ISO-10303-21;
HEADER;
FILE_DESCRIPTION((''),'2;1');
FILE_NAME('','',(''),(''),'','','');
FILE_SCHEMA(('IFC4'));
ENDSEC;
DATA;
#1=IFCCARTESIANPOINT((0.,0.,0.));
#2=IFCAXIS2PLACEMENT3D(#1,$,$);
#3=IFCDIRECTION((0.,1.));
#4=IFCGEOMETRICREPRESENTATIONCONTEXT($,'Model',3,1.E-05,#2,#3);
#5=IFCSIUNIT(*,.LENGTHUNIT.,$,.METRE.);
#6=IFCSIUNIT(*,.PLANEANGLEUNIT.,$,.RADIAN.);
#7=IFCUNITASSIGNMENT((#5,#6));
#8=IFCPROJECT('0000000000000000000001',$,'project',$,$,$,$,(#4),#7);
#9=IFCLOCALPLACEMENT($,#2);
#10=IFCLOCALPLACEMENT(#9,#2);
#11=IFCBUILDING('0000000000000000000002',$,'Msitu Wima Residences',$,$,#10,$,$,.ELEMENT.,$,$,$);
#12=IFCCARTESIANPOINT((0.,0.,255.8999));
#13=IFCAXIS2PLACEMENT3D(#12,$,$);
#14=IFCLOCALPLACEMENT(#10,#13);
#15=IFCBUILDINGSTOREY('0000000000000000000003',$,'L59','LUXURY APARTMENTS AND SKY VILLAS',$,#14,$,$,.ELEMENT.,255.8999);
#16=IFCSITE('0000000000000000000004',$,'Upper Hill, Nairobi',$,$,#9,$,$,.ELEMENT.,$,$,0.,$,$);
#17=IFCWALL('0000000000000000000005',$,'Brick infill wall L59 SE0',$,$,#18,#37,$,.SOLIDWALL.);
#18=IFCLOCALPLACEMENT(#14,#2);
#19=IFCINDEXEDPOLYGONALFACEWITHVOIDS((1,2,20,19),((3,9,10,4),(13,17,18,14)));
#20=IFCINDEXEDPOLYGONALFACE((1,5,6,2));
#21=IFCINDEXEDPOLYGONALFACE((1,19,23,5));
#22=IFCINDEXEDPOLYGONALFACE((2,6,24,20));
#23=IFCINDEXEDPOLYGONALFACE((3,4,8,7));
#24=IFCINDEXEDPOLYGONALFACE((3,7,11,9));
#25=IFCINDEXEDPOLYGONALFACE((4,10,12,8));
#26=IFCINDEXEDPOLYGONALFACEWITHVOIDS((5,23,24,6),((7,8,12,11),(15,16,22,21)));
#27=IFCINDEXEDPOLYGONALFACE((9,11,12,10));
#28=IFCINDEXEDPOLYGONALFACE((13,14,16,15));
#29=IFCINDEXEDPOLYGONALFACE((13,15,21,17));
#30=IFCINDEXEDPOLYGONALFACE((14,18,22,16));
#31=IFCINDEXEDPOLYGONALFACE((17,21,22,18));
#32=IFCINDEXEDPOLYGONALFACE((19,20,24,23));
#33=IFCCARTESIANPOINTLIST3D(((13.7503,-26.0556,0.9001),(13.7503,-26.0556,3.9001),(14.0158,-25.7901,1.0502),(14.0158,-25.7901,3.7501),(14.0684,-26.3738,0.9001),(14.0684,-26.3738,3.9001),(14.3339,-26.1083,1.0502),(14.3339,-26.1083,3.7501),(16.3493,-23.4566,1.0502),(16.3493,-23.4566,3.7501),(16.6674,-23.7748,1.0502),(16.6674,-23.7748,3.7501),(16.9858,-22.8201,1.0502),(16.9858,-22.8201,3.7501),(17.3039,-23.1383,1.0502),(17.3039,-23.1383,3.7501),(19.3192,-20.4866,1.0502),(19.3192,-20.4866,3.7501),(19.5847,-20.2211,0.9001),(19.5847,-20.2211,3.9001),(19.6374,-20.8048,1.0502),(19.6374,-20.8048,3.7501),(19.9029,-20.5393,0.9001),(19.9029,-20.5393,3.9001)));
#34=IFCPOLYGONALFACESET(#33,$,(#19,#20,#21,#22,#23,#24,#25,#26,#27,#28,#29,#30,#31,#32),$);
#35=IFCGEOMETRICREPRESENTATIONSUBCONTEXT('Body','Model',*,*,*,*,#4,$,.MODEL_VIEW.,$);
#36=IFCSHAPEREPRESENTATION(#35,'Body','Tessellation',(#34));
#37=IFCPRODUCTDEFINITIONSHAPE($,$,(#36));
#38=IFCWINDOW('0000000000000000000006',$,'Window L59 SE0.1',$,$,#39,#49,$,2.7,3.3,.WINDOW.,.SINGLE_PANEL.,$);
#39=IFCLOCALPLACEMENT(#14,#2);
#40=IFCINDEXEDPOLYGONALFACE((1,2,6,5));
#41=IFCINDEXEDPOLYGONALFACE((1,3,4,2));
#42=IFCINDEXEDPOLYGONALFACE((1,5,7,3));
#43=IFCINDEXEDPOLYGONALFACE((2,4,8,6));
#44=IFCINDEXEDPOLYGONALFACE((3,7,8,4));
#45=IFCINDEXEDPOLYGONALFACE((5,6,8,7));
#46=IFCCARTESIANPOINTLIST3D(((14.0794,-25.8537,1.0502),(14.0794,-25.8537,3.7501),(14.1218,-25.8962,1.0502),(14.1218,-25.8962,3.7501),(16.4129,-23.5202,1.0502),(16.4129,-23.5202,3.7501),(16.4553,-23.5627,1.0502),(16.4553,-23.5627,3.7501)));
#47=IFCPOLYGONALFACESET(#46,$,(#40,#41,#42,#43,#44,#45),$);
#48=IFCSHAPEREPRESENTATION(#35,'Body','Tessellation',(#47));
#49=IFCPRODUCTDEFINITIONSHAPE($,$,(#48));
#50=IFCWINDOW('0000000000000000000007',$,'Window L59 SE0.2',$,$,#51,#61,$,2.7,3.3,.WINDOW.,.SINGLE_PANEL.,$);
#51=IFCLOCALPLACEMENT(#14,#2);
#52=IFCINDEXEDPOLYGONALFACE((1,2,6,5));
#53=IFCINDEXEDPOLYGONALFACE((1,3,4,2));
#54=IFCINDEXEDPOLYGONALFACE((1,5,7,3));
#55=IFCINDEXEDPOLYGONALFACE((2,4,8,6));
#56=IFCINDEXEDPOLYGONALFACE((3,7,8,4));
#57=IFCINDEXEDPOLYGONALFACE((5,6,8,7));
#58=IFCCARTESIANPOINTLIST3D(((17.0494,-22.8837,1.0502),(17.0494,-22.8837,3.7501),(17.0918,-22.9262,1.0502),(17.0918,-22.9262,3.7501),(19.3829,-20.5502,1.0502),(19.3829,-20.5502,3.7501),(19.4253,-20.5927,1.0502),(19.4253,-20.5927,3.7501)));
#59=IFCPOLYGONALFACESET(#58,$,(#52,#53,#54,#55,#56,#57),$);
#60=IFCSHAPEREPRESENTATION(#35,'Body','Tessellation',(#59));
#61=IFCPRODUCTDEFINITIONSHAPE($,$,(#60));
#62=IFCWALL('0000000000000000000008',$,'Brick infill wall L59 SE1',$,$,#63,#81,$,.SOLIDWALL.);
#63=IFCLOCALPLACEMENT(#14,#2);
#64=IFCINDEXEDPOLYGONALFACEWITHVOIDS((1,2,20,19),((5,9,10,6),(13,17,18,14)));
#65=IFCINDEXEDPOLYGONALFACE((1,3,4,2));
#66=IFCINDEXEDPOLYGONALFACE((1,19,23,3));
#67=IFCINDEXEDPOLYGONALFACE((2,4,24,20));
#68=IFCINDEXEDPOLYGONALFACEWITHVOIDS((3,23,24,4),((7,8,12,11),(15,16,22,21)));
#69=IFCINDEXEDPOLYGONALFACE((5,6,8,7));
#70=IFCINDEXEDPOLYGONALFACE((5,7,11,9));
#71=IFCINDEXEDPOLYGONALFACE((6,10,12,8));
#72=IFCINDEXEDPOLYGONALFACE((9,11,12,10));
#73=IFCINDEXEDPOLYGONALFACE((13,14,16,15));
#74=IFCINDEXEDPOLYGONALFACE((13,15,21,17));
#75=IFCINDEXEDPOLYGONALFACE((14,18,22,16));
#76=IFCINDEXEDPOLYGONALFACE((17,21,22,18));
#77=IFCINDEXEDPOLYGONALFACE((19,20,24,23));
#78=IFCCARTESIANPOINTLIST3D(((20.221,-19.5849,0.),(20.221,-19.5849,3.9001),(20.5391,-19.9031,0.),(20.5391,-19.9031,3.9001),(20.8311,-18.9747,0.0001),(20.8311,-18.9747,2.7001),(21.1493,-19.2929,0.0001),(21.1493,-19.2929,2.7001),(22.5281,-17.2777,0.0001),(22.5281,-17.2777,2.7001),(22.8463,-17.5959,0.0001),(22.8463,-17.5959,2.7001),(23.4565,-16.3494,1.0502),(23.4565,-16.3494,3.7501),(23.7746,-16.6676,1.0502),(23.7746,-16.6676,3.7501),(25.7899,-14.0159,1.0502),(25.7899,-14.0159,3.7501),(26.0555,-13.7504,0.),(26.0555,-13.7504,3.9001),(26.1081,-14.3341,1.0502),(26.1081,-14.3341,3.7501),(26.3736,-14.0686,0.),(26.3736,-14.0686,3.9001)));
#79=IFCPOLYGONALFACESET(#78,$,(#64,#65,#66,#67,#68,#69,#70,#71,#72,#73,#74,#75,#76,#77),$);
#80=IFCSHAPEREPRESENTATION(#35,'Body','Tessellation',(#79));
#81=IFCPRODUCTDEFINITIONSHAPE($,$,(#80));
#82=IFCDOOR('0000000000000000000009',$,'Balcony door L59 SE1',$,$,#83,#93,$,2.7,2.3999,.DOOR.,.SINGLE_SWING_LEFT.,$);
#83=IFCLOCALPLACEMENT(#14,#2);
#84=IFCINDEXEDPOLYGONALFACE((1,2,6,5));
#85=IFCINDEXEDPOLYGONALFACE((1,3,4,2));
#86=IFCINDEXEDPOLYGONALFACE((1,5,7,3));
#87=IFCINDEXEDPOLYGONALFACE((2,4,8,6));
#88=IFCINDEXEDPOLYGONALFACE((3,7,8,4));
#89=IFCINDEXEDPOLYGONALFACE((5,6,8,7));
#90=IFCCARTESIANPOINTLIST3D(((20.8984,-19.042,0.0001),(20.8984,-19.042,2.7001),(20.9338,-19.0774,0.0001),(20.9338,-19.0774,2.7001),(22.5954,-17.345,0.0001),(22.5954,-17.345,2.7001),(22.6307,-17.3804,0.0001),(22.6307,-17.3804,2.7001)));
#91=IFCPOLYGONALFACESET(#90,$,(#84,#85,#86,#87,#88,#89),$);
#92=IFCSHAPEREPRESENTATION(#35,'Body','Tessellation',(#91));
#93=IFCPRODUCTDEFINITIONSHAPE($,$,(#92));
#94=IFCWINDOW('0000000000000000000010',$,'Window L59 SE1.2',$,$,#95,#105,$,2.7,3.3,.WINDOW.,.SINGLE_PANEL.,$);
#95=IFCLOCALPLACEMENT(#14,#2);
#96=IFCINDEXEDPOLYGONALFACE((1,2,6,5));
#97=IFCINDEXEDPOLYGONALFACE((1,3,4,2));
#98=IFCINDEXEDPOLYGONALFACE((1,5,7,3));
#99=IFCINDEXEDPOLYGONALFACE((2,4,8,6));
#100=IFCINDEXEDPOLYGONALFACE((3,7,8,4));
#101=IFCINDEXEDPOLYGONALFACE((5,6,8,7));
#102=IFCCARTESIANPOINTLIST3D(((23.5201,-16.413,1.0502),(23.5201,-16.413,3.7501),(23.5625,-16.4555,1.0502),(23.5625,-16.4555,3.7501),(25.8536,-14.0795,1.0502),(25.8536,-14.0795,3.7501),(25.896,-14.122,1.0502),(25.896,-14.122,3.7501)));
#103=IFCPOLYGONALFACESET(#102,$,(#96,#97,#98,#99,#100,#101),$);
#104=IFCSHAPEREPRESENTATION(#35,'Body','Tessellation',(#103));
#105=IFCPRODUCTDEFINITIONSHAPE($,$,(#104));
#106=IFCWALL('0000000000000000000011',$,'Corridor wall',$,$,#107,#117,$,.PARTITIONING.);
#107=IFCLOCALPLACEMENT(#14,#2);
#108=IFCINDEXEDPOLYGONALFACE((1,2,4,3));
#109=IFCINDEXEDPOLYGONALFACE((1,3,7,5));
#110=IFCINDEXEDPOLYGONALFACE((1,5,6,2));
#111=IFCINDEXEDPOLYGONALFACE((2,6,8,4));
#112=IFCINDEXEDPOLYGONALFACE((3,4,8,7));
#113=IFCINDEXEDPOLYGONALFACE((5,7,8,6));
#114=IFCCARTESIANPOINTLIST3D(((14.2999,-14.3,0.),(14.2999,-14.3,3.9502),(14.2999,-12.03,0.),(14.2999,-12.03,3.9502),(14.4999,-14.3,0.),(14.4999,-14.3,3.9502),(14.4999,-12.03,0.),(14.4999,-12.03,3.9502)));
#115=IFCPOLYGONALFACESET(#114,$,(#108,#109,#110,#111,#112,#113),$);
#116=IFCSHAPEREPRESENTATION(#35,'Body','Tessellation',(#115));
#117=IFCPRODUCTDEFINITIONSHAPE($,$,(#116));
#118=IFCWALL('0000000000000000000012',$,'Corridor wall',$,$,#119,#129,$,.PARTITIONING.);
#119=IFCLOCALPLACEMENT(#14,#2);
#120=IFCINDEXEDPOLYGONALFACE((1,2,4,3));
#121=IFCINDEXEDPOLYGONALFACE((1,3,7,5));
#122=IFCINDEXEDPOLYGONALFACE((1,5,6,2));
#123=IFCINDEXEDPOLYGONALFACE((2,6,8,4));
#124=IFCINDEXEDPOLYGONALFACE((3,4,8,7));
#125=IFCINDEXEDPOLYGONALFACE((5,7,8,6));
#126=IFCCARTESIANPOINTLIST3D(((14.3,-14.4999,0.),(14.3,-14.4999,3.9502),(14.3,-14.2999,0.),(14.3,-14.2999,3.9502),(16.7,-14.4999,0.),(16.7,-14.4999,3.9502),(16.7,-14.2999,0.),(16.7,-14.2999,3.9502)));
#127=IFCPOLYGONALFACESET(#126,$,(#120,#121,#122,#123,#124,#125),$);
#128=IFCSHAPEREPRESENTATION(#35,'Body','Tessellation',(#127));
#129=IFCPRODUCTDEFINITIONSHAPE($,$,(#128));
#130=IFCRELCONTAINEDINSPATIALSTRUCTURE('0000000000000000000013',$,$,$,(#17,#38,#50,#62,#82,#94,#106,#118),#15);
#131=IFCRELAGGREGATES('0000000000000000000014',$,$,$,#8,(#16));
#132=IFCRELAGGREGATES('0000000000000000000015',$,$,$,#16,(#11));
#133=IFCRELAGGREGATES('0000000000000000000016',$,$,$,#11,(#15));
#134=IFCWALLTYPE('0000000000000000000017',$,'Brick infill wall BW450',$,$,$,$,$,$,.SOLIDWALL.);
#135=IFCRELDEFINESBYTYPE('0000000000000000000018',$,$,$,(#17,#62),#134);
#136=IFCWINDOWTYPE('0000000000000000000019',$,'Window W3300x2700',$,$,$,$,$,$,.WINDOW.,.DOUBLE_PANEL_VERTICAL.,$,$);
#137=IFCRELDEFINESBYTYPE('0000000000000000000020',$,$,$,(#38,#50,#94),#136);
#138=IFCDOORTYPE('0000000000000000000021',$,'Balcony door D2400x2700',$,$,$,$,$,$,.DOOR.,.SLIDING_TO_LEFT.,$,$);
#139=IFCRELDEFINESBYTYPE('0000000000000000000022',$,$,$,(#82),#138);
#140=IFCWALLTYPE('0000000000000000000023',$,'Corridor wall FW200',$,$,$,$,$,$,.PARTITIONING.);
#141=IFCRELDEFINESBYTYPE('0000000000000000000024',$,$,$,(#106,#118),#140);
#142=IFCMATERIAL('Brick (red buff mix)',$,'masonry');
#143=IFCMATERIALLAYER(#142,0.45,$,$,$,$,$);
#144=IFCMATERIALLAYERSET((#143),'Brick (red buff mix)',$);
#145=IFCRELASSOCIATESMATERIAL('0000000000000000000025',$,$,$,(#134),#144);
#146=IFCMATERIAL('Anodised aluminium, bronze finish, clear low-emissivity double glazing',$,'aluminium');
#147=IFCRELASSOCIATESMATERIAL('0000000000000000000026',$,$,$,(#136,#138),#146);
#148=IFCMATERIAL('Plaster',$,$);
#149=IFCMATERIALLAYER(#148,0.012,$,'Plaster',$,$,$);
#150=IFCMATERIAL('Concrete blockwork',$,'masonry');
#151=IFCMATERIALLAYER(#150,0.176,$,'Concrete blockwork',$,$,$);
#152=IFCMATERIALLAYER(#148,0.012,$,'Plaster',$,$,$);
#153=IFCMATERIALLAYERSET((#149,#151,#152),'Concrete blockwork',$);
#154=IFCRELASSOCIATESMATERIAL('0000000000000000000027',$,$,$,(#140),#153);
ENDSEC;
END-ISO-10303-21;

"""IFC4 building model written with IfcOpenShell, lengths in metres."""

from ifc_helpers import new_model, si_unit, direction, frame, frame_2d, origin, place, context, subcontext, project, spatial, rectangle, extrude, material, layer, layer_set, type_object, element, fill, save


model = new_model("IFC4")

# Units and contexts
model_context = context("Model", 3, precision=1e-05, world=origin(), true_north=direction((0.0, 1.0)))
body_context = subcontext(model_context, "Body", "Model", "MODEL_VIEW")
ifc_project = project(units=[si_unit("LENGTHUNIT", "METRE"), si_unit("PLANEANGLEUNIT", "RADIAN")], contexts=[model_context])

# Site, building, storey
site_placement = place(None, origin())
site = spatial("IfcSite", under=ifc_project, at=site_placement, Name="Upper Hill, Nairobi", CompositionType="ELEMENT", RefElevation=0.0)
building_placement = place(site_placement, origin())
building = spatial("IfcBuilding", under=site, at=building_placement, Name="Msitu Wima Residences", CompositionType="ELEMENT")
storey_placement = place(building_placement, frame((0.0, 0.0, 255.8999)))
storey = spatial("IfcBuildingStorey", under=building, at=storey_placement, Name="L59", Description="LUXURY APARTMENTS AND SKY VILLAS", CompositionType="ELEMENT", Elevation=255.8999)

# Wall, openings, windows
ifc_material_1 = material(Name="Brick (red buff mix)", Category="masonry")
ifc_layer_1 = layer(ifc_material_1, 0.45)
ifc_layer_set_1 = layer_set([ifc_layer_1], Name="Brick (red buff mix)")
wall_type_1 = type_object("IfcWallType", Name="Brick infill wall BW450", PredefinedType="SOLIDWALL", material=ifc_layer_set_1)
wall_1_placement = place(storey_placement, frame((13.9094, -26.2146, 0.9001), z_axis=(0.0, 0.0, 1.0), x_axis=(0.707107, 0.707107, 0.0)))
wall_1 = element("IfcWall", 1, at=wall_1_placement, inside=storey, type_object=wall_type_1, Name="Brick infill wall L59 SE0", PredefinedType="SOLIDWALL", context=body_context, shape_type="SweptSolid", body=[
    extrude(rectangle(XDim=8.2512, YDim=0.45, at=frame_2d((4.1255, 0.0))), origin(), (0.0, 0.0, 1.0), 3.0),
])
opening_1_placement = place(wall_1_placement, frame((0.3755, 0.0, 0.1499)))
opening_1 = element("IfcOpeningElement", 2, at=opening_1_placement, cuts=wall_1, PredefinedType="OPENING", context=body_context, shape_type="SweptSolid", body=[
    extrude(rectangle(XDim=3.3, YDim=2.7, at=frame_2d((1.6499, 1.3501))), frame((0.0, 0.2349, 0.0), z_axis=(0.0, -1.0, 0.0), x_axis=(1.0, 0.0, 0.0)), (0.0, 0.0, 1.0), 0.47),
])
opening_2_placement = place(wall_1_placement, frame((4.5757, 0.0, 0.1499)))
opening_2 = element("IfcOpeningElement", 3, at=opening_2_placement, cuts=wall_1, PredefinedType="OPENING", context=body_context, shape_type="SweptSolid", body=[
    extrude(rectangle(XDim=3.3, YDim=2.7, at=frame_2d((1.6499, 1.3501))), frame((0.0, 0.2349, 0.0), z_axis=(0.0, -1.0, 0.0), x_axis=(1.0, 0.0, 0.0)), (0.0, 0.0, 1.0), 0.47),
])
ifc_material_2 = material(Name="Anodised aluminium, bronze finish, clear low-emissivity double glazing", Category="aluminium")
window_type = type_object("IfcWindowType", Name="Window W3300x2700", PartitioningType="DOUBLE_PANEL_VERTICAL", PredefinedType="WINDOW", material=ifc_material_2)
window_1_placement = place(opening_1_placement, origin())
window_1 = element("IfcWindow", 4, at=window_1_placement, inside=storey, type_object=window_type, Name="Window L59 SE0.1", OverallHeight=2.7, OverallWidth=3.3, PartitioningType="SINGLE_PANEL", PredefinedType="WINDOW", context=body_context, shape_type="SweptSolid", body=[
    extrude(rectangle(XDim=3.3, YDim=2.7, at=frame_2d((1.6499, 1.3501))), frame((0.0, 0.135, 0.0), z_axis=(0.0, -1.0, 0.0), x_axis=(1.0, 0.0, 0.0)), (0.0, 0.0, 1.0), 0.0601),
])
fill(opening_1, window_1)
window_2_placement = place(opening_2_placement, origin())
window_2 = element("IfcWindow", 5, at=window_2_placement, inside=storey, type_object=window_type, Name="Window L59 SE0.2", OverallHeight=2.7, OverallWidth=3.3, PartitioningType="SINGLE_PANEL", PredefinedType="WINDOW", context=body_context, shape_type="SweptSolid", body=[
    extrude(rectangle(XDim=3.3, YDim=2.7, at=frame_2d((1.6499, 1.3501))), frame((0.0, 0.135, 0.0), z_axis=(0.0, -1.0, 0.0), x_axis=(1.0, 0.0, 0.0)), (0.0, 0.0, 1.0), 0.0601),
])
fill(opening_2, window_2)

# Wall, openings, door, window
wall_2_placement = place(storey_placement, frame((20.3801, -19.7439, 0.0), z_axis=(0.0, 0.0, 1.0), x_axis=(0.707107, 0.707107, 0.0)))
wall_2 = element("IfcWall", 6, at=wall_2_placement, inside=storey, type_object=wall_type_1, Name="Brick infill wall L59 SE1", PredefinedType="SOLIDWALL", context=body_context, shape_type="SweptSolid", body=[
    extrude(rectangle(XDim=8.2512, YDim=0.45, at=frame_2d((4.1255, 0.0))), origin(), (0.0, 0.0, 1.0), 3.9001),
])
opening_3_placement = place(wall_2_placement, frame((0.8628, 0.0, 0.0)))
opening_3 = element("IfcOpeningElement", 7, at=opening_3_placement, cuts=wall_2, PredefinedType="OPENING", context=body_context, shape_type="SweptSolid", body=[
    extrude(rectangle(XDim=2.3999, YDim=2.7, at=frame_2d((1.2, 1.3501))), frame((0.0, 0.2349, 0.0), z_axis=(0.0, -1.0, 0.0), x_axis=(1.0, 0.0, 0.0)), (0.0, 0.0, 1.0), 0.47),
])
opening_4_placement = place(wall_2_placement, frame((4.5757, 0.0, 1.05)))
opening_4 = element("IfcOpeningElement", 8, at=opening_4_placement, cuts=wall_2, PredefinedType="OPENING", context=body_context, shape_type="SweptSolid", body=[
    extrude(rectangle(XDim=3.3, YDim=2.7, at=frame_2d((1.6499, 1.3501))), frame((0.0, 0.2349, 0.0), z_axis=(0.0, -1.0, 0.0), x_axis=(1.0, 0.0, 0.0)), (0.0, 0.0, 1.0), 0.47),
])
door_type_1 = type_object("IfcDoorType", Name="Balcony door D2400x2700", OperationType="SLIDING_TO_LEFT", PredefinedType="DOOR", material=ifc_material_2)
door_1_placement = place(opening_3_placement, origin())
door_1 = element("IfcDoor", 9, at=door_1_placement, inside=storey, type_object=door_type_1, Name="Balcony door L59 SE1", OperationType="SINGLE_SWING_LEFT", OverallHeight=2.7, OverallWidth=2.3999, PredefinedType="DOOR", context=body_context, shape_type="SweptSolid", body=[
    extrude(rectangle(XDim=2.3999, YDim=2.7, at=frame_2d((1.2, 1.3501))), frame((0.0, 0.1299, 0.0), z_axis=(0.0, -1.0, 0.0), x_axis=(1.0, 0.0, 0.0)), (0.0, 0.0, 1.0), 0.05),
])
fill(opening_3, door_1)
window_3_placement = place(opening_4_placement, origin())
window_3 = element("IfcWindow", 10, at=window_3_placement, inside=storey, type_object=window_type, Name="Window L59 SE1.2", OverallHeight=2.7, OverallWidth=3.3, PartitioningType="SINGLE_PANEL", PredefinedType="WINDOW", context=body_context, shape_type="SweptSolid", body=[
    extrude(rectangle(XDim=3.3, YDim=2.7, at=frame_2d((1.6499, 1.3501))), frame((0.0, 0.135, 0.0), z_axis=(0.0, -1.0, 0.0), x_axis=(1.0, 0.0, 0.0)), (0.0, 0.0, 1.0), 0.0601),
])
fill(opening_4, window_3)

# Walls
ifc_material_3 = material(Name="Plaster")
ifc_layer_2 = layer(ifc_material_3, 0.012, Name="Plaster")
ifc_material_4 = material(Name="Concrete blockwork", Category="masonry")
ifc_layer_3 = layer(ifc_material_4, 0.176, Name="Concrete blockwork")
ifc_layer_4 = layer(ifc_material_3, 0.012, Name="Plaster")
ifc_layer_set_2 = layer_set([ifc_layer_2, ifc_layer_3, ifc_layer_4], Name="Concrete blockwork")
wall_type_2 = type_object("IfcWallType", Name="Corridor wall FW200", PredefinedType="PARTITIONING", material=ifc_layer_set_2)
wall_3_placement = place(storey_placement, frame((14.3999, -14.3, 0.0), z_axis=(0.0, 0.0, 1.0), x_axis=(0.0, 1.0, 0.0)))
element("IfcWall", 11, at=wall_3_placement, inside=storey, type_object=wall_type_2, Name="Corridor wall", PredefinedType="PARTITIONING", context=body_context, shape_type="SweptSolid", body=[
    extrude(rectangle(XDim=2.27, YDim=0.2, at=frame_2d((1.135, 0.0))), origin(), (0.0, 0.0, 1.0), 3.9502),
])
wall_4_placement = place(storey_placement, frame((14.3, -14.3999, 0.0), z_axis=(0.0, 0.0, 1.0), x_axis=(1.0, 0.0, 0.0)))
element("IfcWall", 12, at=wall_4_placement, inside=storey, type_object=wall_type_2, Name="Corridor wall", PredefinedType="PARTITIONING", context=body_context, shape_type="SweptSolid", body=[
    extrude(rectangle(XDim=2.3999, YDim=0.2, at=frame_2d((1.2, 0.0))), origin(), (0.0, 0.0, 1.0), 3.9502),
])

save(model, "model.ifc")
